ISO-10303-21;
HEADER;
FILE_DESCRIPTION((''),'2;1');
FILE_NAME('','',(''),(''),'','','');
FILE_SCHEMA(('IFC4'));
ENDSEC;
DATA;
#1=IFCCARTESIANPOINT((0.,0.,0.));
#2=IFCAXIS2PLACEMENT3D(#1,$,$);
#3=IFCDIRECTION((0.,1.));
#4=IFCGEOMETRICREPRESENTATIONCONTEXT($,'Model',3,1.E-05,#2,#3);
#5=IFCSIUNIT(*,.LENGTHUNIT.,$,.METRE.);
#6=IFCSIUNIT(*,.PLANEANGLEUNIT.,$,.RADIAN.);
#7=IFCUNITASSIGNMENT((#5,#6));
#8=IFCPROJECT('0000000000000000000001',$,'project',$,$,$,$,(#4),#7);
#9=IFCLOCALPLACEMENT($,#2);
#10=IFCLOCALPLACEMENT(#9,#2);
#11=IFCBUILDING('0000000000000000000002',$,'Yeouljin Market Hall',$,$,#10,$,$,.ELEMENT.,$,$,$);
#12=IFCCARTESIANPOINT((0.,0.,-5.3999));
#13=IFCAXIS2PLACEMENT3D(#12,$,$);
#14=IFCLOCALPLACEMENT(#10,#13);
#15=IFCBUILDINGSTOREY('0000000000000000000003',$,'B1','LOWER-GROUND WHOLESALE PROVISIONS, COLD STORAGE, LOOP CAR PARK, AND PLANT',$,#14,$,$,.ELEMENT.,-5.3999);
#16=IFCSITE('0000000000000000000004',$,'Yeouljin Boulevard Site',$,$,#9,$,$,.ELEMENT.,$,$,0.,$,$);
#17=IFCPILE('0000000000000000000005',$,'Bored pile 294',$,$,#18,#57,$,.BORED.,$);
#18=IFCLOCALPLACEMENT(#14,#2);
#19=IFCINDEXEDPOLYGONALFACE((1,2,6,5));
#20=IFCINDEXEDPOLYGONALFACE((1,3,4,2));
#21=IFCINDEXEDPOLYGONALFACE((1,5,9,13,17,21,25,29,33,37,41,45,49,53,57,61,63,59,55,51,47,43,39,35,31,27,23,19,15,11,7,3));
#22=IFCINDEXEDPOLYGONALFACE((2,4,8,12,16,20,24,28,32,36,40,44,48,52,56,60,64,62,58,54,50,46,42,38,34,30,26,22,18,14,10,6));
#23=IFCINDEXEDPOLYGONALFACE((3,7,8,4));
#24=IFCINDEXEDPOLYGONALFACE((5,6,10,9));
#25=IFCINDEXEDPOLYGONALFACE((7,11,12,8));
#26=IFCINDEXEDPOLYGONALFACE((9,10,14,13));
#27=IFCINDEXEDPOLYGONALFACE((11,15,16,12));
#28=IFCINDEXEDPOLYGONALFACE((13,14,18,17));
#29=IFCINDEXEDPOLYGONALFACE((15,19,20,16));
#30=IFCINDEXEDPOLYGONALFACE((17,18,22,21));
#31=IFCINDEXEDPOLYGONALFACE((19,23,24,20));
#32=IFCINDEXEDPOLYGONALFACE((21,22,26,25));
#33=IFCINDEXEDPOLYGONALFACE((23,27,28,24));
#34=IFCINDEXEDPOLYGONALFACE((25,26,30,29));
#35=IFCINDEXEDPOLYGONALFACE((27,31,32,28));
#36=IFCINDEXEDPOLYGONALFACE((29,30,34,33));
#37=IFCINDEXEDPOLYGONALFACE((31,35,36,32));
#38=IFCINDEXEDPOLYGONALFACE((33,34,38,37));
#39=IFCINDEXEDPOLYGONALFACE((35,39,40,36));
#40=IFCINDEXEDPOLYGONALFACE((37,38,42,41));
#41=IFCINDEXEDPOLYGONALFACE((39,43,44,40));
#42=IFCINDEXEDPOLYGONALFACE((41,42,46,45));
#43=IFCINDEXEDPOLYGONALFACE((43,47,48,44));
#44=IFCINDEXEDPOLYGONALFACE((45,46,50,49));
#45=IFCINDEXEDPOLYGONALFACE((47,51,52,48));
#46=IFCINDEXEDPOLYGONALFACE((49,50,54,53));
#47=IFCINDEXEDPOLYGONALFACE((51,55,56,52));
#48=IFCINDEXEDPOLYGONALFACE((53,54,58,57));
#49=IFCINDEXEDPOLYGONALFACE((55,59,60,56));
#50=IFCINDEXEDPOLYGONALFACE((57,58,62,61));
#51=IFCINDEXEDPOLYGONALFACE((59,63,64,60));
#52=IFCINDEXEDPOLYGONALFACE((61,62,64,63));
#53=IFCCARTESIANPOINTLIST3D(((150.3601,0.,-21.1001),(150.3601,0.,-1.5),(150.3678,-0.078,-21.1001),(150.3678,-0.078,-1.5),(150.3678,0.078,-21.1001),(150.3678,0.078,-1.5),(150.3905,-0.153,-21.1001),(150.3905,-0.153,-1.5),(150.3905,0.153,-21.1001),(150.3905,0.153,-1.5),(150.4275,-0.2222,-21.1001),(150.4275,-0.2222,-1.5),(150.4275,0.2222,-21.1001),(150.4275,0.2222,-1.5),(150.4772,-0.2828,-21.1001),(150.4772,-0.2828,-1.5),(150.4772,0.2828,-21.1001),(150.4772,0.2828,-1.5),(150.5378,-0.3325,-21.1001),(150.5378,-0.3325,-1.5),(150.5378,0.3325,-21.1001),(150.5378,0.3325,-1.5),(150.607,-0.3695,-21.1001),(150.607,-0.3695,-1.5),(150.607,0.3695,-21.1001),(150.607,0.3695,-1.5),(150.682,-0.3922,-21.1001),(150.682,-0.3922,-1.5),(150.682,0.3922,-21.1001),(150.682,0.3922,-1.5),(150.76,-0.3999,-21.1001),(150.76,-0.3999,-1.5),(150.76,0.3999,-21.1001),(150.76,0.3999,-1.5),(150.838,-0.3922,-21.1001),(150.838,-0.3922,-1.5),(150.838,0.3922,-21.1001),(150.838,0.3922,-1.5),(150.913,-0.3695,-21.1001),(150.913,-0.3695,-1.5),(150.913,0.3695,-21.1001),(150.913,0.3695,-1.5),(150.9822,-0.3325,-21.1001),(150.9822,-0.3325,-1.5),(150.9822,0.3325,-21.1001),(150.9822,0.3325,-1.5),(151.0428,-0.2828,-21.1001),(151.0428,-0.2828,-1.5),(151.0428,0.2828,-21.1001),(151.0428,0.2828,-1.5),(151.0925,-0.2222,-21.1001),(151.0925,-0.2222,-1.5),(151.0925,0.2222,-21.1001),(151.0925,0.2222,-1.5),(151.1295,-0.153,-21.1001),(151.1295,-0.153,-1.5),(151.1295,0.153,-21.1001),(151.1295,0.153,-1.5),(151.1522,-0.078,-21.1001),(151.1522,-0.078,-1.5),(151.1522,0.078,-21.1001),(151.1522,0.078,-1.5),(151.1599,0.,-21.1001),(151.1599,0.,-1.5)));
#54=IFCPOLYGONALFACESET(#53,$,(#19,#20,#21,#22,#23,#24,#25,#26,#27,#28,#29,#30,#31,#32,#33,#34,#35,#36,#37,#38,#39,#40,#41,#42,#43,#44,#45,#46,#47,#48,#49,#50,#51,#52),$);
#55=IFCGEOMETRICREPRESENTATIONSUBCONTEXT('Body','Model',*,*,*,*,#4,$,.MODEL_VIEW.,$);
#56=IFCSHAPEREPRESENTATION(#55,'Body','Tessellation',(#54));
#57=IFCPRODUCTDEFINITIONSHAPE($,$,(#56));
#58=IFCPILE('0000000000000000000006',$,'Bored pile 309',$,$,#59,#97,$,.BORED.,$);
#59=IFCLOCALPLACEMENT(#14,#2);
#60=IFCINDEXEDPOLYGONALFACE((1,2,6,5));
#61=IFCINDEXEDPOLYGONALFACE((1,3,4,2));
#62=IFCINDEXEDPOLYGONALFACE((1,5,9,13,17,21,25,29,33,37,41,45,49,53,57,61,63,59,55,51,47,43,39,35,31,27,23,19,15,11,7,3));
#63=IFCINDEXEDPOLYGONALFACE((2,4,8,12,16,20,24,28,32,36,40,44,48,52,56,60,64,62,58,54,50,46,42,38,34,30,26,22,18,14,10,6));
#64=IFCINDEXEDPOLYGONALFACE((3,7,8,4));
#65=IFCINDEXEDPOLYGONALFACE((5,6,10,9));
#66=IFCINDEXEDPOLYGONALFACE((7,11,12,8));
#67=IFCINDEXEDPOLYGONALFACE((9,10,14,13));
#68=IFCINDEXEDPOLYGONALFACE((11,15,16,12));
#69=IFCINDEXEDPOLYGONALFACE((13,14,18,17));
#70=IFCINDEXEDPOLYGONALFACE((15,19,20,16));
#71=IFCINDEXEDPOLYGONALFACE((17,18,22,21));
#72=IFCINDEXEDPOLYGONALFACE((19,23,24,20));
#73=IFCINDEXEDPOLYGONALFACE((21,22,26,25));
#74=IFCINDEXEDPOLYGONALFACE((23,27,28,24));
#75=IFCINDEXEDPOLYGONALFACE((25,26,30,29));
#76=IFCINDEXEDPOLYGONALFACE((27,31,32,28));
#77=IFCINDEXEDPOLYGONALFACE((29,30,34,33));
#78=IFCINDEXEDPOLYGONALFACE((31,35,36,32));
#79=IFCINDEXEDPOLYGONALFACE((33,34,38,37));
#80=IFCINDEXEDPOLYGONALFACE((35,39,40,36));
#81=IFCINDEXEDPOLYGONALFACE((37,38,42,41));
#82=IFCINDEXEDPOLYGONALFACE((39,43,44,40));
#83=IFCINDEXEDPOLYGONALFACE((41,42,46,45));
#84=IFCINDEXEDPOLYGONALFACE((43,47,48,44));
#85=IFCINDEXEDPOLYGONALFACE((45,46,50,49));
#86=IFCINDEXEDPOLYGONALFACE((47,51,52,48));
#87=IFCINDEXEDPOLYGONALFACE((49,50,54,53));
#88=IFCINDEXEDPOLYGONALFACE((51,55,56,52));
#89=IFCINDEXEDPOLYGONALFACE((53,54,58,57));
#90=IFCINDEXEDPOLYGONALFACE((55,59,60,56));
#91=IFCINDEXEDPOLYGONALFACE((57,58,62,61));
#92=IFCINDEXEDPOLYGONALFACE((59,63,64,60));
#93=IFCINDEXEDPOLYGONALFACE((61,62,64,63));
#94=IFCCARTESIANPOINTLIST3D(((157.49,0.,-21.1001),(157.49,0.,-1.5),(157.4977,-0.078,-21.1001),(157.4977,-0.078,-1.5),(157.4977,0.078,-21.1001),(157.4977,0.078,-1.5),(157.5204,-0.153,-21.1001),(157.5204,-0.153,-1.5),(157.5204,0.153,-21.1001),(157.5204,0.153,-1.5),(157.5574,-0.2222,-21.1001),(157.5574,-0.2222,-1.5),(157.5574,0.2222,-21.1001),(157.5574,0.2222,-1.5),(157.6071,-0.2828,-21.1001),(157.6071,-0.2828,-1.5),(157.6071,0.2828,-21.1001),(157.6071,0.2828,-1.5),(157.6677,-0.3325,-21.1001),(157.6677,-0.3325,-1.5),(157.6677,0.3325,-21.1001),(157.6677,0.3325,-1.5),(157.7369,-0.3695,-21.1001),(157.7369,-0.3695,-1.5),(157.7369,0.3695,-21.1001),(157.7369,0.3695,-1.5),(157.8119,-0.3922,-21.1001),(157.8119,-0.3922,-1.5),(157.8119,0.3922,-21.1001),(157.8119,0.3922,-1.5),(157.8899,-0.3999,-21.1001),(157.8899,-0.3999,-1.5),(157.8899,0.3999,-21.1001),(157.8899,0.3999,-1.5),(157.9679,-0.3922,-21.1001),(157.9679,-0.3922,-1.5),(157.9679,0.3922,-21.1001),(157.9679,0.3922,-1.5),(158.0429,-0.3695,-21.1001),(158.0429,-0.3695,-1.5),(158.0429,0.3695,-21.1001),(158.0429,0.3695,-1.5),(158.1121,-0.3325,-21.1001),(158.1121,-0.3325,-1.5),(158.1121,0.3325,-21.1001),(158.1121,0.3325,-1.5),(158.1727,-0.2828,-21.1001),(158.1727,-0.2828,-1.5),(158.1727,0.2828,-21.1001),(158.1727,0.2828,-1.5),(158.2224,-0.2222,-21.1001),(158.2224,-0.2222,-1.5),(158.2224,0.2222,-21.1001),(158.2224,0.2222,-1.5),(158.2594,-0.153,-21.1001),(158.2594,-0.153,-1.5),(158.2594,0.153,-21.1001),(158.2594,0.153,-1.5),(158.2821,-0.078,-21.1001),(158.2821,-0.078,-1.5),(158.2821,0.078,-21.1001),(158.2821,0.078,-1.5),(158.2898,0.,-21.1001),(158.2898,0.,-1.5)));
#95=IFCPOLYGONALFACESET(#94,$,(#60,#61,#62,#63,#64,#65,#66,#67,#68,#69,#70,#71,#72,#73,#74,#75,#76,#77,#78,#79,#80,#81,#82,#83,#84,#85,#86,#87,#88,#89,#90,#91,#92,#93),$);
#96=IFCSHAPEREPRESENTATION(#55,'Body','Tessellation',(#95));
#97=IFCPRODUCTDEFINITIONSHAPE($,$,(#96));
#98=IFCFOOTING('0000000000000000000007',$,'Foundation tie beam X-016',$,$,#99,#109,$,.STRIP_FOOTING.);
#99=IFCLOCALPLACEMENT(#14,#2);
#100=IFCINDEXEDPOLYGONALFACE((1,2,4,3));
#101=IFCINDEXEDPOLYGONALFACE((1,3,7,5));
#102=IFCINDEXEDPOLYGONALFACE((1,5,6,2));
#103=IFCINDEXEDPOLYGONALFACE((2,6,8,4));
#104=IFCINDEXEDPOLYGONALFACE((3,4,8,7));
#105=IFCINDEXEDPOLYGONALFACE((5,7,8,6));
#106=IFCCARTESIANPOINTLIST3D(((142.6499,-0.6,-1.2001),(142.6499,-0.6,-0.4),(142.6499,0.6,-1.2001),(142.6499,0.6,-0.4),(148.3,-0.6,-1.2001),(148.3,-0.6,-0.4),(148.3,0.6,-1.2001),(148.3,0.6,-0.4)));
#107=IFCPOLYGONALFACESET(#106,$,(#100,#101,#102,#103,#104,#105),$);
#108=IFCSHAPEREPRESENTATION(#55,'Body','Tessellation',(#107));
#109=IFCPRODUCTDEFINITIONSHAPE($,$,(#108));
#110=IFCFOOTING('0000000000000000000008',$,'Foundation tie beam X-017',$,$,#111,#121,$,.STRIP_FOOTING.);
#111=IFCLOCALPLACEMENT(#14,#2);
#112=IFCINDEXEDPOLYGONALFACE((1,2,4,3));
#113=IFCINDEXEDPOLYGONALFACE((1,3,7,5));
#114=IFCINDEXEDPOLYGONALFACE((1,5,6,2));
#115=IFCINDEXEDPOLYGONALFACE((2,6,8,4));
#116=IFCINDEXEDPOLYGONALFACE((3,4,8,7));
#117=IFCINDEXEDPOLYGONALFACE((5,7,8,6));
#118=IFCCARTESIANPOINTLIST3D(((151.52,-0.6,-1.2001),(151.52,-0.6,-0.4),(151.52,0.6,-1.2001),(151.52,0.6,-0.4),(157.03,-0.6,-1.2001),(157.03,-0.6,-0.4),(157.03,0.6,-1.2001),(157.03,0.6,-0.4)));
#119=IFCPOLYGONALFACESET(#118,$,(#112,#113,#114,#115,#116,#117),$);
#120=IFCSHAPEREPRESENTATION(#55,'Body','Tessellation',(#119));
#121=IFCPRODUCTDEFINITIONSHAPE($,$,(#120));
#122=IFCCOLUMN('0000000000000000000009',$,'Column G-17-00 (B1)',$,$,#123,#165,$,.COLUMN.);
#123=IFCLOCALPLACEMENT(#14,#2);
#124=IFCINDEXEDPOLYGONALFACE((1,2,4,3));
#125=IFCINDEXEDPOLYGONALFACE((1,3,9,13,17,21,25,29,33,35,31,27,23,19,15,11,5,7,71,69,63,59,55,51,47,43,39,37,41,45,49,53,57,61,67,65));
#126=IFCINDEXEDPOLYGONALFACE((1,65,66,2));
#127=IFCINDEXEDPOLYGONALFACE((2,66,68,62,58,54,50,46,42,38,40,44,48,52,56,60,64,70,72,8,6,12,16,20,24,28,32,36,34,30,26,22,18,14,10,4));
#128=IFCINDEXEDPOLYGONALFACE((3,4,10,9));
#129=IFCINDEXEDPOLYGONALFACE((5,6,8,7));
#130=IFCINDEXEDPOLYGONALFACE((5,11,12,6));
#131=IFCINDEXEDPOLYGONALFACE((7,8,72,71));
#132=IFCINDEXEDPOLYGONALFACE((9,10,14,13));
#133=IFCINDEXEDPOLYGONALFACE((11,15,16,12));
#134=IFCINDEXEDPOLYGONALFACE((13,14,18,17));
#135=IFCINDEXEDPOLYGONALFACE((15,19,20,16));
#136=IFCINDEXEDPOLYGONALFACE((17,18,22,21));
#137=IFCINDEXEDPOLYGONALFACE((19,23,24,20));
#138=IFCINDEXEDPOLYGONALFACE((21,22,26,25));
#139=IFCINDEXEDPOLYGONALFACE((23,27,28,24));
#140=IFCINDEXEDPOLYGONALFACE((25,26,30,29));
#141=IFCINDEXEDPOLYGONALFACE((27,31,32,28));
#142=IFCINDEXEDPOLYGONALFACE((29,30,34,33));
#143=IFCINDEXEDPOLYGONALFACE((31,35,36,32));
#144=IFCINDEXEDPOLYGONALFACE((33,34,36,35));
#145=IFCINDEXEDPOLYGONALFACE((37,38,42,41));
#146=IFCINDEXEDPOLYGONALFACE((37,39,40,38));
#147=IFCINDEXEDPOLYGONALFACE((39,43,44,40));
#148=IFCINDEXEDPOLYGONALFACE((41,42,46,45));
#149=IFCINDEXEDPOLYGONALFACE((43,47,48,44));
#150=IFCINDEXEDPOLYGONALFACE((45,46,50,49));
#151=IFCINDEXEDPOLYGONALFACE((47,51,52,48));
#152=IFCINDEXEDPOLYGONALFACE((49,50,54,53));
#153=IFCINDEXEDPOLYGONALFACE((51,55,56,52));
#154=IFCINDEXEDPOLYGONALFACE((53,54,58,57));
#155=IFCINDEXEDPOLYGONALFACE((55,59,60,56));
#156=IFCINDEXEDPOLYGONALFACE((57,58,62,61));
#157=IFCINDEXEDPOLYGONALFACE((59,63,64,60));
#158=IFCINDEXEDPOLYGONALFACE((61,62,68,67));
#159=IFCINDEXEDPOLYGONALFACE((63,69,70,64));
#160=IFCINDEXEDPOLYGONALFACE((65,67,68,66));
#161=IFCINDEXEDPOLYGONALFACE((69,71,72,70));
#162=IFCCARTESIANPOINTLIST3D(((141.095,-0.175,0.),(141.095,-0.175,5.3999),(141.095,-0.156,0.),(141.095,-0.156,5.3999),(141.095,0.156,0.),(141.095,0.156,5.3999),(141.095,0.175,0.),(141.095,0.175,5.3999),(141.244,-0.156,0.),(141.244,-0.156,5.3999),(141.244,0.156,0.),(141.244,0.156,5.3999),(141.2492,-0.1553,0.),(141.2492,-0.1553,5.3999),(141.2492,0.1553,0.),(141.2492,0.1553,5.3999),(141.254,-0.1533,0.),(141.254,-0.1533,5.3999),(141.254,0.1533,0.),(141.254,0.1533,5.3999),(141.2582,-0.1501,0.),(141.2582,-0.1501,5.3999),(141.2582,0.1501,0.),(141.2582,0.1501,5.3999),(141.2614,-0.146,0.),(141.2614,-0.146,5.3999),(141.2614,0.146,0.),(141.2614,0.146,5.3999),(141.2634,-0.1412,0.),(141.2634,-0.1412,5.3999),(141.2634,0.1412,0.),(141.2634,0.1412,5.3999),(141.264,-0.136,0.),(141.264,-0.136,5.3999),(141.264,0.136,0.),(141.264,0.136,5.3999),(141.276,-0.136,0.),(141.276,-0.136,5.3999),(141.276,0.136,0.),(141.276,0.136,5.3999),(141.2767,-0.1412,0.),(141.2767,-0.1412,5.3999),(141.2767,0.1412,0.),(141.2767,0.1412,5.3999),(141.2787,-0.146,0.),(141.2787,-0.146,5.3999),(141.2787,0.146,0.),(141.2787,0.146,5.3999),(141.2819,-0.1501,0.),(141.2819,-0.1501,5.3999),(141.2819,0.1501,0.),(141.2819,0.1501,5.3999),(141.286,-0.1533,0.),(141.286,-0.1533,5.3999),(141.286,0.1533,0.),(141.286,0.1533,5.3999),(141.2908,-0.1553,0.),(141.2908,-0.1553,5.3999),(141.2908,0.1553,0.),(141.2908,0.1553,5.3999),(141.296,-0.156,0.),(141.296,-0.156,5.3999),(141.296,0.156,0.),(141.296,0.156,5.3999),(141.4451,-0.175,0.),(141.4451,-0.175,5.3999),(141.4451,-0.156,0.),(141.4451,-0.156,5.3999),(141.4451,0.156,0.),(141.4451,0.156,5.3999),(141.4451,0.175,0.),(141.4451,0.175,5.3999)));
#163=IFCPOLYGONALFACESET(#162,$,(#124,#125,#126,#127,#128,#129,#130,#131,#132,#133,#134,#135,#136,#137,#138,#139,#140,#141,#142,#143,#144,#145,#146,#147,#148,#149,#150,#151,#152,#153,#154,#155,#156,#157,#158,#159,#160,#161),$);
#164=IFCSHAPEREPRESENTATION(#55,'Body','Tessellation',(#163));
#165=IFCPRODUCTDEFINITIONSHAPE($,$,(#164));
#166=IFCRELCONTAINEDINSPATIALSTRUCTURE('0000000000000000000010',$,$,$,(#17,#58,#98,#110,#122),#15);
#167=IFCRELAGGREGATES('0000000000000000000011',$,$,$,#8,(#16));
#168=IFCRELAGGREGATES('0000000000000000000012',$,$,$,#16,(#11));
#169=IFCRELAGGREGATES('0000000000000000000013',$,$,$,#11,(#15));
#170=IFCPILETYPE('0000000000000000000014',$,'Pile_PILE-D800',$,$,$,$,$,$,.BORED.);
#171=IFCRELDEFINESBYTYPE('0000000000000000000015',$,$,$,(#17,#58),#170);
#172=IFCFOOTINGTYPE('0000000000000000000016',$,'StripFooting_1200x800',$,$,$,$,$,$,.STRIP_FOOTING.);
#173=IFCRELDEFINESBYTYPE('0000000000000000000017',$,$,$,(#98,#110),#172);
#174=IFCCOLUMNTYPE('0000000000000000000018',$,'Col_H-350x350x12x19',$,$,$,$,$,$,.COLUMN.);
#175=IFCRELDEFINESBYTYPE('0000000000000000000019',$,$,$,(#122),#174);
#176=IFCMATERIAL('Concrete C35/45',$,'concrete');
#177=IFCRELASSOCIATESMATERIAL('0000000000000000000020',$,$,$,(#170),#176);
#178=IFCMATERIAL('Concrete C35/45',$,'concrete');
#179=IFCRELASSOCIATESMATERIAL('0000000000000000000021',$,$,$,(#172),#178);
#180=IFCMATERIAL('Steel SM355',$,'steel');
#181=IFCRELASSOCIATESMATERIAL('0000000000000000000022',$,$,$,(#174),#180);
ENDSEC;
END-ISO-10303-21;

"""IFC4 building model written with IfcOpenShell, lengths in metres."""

from ifc_helpers import new_model, si_unit, direction, frame, origin, origin_2d, place, context, subcontext, project, spatial, rectangle, circle, i_section, extrude, material, material_profile, profile_set, type_object, element, save


model = new_model("IFC4")

# Units and contexts
model_context = context("Model", 3, precision=1e-05, world=origin(), true_north=direction((0.0, 1.0)))
body_context = subcontext(model_context, "Body", "Model", "MODEL_VIEW")
ifc_project = project(units=[si_unit("LENGTHUNIT", "METRE"), si_unit("PLANEANGLEUNIT", "RADIAN")], contexts=[model_context])

# Site, building, storey
site_placement = place(None, origin())
site = spatial("IfcSite", under=ifc_project, at=site_placement, Name="Yeouljin Boulevard Site", CompositionType="ELEMENT", RefElevation=0.0)
building_placement = place(site_placement, origin())
building = spatial("IfcBuilding", under=site, at=building_placement, Name="Yeouljin Market Hall", CompositionType="ELEMENT")
storey_placement = place(building_placement, frame((0.0, 0.0, -5.3999)))
storey = spatial("IfcBuildingStorey", under=building, at=storey_placement, Name="B1", Description="LOWER-GROUND WHOLESALE PROVISIONS, COLD STORAGE, LOOP CAR PARK, AND PLANT", CompositionType="ELEMENT", Elevation=-5.3999)

# Piles
ifc_material_1 = material(Name="Concrete C35/45", Category="concrete")
ifc_material_profile_1 = material_profile(ifc_material_1, circle(Radius=0.3999, at=origin_2d()), Name="PILE-D800")
ifc_profile_set_1 = profile_set([ifc_material_profile_1], Name="Concrete C35/45")
pile_type = type_object("IfcPileType", Name="Pile_PILE-D800", PredefinedType="BORED", material=ifc_profile_set_1)
for number, where, z_axis, x_axis, name in (
    (1, (150.76, 0.0, -1.5), (0.0, 0.0, -1.0), (1.0, 0.0, 0.0), "Bored pile 294"),
    (2, (157.8899, 0.0, -1.5), (0.0, 0.0, -1.0), (1.0, 0.0, 0.0), "Bored pile 309"),
):
    element("IfcPile", number, at=place(storey_placement, frame(where, z_axis=z_axis, x_axis=x_axis)), inside=storey, type_object=pile_type, Name=name, PredefinedType="BORED", context=body_context, shape_type="SweptSolid", body=[
        extrude(circle(Radius=0.3999, at=origin_2d()), origin(), (0.0, 0.0, 1.0), 19.6001),
    ])

# Footings
ifc_material_2 = material(Name="Concrete C35/45", Category="concrete")
ifc_material_profile_2 = material_profile(ifc_material_2, rectangle(XDim=1.2, YDim=0.8, at=origin_2d()), Name="SF-1200x800")
ifc_profile_set_2 = profile_set([ifc_material_profile_2], Name="Concrete C35/45")
footing_type_1 = type_object("IfcFootingType", Name="StripFooting_1200x800", PredefinedType="STRIP_FOOTING", material=ifc_profile_set_2)
footing_1_placement = place(storey_placement, frame((142.6499, 0.0, -0.8), z_axis=(1.0, 0.0, 0.0), x_axis=(0.0, 1.0, 0.0)))
element("IfcFooting", 3, at=footing_1_placement, inside=storey, type_object=footing_type_1, Name="Foundation tie beam X-016", PredefinedType="STRIP_FOOTING", context=body_context, shape_type="SweptSolid", body=[
    extrude(rectangle(XDim=1.2, YDim=0.8, at=origin_2d()), origin(), (0.0, 0.0, 1.0), 5.6501),
])
footing_2_placement = place(storey_placement, frame((151.52, 0.0, -0.8), z_axis=(1.0, 0.0, 0.0), x_axis=(0.0, 1.0, 0.0)))
element("IfcFooting", 4, at=footing_2_placement, inside=storey, type_object=footing_type_1, Name="Foundation tie beam X-017", PredefinedType="STRIP_FOOTING", context=body_context, shape_type="SweptSolid", body=[
    extrude(rectangle(XDim=1.2, YDim=0.8, at=origin_2d()), origin(), (0.0, 0.0, 1.0), 5.51),
])

# Column
ifc_material_3 = material(Name="Steel SM355", Category="steel")
ifc_material_profile_3 = material_profile(ifc_material_3, i_section(OverallWidth=0.3501, OverallDepth=0.3501, WebThickness=0.012, FlangeThickness=0.019, FilletRadius=0.02, at=origin_2d()), Name="H-350x350x12x19")
ifc_profile_set_3 = profile_set([ifc_material_profile_3], Name="Steel SM355")
column_type_1 = type_object("IfcColumnType", Name="Col_H-350x350x12x19", PredefinedType="COLUMN", material=ifc_profile_set_3)
for number, where, z_axis, x_axis, name in (
    (5, (141.27, 0.0, 0.0), (0.0, 0.0, 1.0), (1.0, 0.0, 0.0), "Column G-17-00 (B1)"),
):
    element("IfcColumn", number, at=place(storey_placement, frame(where, z_axis=z_axis, x_axis=x_axis)), inside=storey, type_object=column_type_1, Name=name, PredefinedType="COLUMN", context=body_context, shape_type="SweptSolid", body=[
        extrude(i_section(OverallWidth=0.3501, OverallDepth=0.3501, WebThickness=0.012, FlangeThickness=0.019, FilletRadius=0.02, at=origin_2d()), origin(), (0.0, 0.0, 1.0), 5.3999),
    ])

save(model, "model.ifc")
